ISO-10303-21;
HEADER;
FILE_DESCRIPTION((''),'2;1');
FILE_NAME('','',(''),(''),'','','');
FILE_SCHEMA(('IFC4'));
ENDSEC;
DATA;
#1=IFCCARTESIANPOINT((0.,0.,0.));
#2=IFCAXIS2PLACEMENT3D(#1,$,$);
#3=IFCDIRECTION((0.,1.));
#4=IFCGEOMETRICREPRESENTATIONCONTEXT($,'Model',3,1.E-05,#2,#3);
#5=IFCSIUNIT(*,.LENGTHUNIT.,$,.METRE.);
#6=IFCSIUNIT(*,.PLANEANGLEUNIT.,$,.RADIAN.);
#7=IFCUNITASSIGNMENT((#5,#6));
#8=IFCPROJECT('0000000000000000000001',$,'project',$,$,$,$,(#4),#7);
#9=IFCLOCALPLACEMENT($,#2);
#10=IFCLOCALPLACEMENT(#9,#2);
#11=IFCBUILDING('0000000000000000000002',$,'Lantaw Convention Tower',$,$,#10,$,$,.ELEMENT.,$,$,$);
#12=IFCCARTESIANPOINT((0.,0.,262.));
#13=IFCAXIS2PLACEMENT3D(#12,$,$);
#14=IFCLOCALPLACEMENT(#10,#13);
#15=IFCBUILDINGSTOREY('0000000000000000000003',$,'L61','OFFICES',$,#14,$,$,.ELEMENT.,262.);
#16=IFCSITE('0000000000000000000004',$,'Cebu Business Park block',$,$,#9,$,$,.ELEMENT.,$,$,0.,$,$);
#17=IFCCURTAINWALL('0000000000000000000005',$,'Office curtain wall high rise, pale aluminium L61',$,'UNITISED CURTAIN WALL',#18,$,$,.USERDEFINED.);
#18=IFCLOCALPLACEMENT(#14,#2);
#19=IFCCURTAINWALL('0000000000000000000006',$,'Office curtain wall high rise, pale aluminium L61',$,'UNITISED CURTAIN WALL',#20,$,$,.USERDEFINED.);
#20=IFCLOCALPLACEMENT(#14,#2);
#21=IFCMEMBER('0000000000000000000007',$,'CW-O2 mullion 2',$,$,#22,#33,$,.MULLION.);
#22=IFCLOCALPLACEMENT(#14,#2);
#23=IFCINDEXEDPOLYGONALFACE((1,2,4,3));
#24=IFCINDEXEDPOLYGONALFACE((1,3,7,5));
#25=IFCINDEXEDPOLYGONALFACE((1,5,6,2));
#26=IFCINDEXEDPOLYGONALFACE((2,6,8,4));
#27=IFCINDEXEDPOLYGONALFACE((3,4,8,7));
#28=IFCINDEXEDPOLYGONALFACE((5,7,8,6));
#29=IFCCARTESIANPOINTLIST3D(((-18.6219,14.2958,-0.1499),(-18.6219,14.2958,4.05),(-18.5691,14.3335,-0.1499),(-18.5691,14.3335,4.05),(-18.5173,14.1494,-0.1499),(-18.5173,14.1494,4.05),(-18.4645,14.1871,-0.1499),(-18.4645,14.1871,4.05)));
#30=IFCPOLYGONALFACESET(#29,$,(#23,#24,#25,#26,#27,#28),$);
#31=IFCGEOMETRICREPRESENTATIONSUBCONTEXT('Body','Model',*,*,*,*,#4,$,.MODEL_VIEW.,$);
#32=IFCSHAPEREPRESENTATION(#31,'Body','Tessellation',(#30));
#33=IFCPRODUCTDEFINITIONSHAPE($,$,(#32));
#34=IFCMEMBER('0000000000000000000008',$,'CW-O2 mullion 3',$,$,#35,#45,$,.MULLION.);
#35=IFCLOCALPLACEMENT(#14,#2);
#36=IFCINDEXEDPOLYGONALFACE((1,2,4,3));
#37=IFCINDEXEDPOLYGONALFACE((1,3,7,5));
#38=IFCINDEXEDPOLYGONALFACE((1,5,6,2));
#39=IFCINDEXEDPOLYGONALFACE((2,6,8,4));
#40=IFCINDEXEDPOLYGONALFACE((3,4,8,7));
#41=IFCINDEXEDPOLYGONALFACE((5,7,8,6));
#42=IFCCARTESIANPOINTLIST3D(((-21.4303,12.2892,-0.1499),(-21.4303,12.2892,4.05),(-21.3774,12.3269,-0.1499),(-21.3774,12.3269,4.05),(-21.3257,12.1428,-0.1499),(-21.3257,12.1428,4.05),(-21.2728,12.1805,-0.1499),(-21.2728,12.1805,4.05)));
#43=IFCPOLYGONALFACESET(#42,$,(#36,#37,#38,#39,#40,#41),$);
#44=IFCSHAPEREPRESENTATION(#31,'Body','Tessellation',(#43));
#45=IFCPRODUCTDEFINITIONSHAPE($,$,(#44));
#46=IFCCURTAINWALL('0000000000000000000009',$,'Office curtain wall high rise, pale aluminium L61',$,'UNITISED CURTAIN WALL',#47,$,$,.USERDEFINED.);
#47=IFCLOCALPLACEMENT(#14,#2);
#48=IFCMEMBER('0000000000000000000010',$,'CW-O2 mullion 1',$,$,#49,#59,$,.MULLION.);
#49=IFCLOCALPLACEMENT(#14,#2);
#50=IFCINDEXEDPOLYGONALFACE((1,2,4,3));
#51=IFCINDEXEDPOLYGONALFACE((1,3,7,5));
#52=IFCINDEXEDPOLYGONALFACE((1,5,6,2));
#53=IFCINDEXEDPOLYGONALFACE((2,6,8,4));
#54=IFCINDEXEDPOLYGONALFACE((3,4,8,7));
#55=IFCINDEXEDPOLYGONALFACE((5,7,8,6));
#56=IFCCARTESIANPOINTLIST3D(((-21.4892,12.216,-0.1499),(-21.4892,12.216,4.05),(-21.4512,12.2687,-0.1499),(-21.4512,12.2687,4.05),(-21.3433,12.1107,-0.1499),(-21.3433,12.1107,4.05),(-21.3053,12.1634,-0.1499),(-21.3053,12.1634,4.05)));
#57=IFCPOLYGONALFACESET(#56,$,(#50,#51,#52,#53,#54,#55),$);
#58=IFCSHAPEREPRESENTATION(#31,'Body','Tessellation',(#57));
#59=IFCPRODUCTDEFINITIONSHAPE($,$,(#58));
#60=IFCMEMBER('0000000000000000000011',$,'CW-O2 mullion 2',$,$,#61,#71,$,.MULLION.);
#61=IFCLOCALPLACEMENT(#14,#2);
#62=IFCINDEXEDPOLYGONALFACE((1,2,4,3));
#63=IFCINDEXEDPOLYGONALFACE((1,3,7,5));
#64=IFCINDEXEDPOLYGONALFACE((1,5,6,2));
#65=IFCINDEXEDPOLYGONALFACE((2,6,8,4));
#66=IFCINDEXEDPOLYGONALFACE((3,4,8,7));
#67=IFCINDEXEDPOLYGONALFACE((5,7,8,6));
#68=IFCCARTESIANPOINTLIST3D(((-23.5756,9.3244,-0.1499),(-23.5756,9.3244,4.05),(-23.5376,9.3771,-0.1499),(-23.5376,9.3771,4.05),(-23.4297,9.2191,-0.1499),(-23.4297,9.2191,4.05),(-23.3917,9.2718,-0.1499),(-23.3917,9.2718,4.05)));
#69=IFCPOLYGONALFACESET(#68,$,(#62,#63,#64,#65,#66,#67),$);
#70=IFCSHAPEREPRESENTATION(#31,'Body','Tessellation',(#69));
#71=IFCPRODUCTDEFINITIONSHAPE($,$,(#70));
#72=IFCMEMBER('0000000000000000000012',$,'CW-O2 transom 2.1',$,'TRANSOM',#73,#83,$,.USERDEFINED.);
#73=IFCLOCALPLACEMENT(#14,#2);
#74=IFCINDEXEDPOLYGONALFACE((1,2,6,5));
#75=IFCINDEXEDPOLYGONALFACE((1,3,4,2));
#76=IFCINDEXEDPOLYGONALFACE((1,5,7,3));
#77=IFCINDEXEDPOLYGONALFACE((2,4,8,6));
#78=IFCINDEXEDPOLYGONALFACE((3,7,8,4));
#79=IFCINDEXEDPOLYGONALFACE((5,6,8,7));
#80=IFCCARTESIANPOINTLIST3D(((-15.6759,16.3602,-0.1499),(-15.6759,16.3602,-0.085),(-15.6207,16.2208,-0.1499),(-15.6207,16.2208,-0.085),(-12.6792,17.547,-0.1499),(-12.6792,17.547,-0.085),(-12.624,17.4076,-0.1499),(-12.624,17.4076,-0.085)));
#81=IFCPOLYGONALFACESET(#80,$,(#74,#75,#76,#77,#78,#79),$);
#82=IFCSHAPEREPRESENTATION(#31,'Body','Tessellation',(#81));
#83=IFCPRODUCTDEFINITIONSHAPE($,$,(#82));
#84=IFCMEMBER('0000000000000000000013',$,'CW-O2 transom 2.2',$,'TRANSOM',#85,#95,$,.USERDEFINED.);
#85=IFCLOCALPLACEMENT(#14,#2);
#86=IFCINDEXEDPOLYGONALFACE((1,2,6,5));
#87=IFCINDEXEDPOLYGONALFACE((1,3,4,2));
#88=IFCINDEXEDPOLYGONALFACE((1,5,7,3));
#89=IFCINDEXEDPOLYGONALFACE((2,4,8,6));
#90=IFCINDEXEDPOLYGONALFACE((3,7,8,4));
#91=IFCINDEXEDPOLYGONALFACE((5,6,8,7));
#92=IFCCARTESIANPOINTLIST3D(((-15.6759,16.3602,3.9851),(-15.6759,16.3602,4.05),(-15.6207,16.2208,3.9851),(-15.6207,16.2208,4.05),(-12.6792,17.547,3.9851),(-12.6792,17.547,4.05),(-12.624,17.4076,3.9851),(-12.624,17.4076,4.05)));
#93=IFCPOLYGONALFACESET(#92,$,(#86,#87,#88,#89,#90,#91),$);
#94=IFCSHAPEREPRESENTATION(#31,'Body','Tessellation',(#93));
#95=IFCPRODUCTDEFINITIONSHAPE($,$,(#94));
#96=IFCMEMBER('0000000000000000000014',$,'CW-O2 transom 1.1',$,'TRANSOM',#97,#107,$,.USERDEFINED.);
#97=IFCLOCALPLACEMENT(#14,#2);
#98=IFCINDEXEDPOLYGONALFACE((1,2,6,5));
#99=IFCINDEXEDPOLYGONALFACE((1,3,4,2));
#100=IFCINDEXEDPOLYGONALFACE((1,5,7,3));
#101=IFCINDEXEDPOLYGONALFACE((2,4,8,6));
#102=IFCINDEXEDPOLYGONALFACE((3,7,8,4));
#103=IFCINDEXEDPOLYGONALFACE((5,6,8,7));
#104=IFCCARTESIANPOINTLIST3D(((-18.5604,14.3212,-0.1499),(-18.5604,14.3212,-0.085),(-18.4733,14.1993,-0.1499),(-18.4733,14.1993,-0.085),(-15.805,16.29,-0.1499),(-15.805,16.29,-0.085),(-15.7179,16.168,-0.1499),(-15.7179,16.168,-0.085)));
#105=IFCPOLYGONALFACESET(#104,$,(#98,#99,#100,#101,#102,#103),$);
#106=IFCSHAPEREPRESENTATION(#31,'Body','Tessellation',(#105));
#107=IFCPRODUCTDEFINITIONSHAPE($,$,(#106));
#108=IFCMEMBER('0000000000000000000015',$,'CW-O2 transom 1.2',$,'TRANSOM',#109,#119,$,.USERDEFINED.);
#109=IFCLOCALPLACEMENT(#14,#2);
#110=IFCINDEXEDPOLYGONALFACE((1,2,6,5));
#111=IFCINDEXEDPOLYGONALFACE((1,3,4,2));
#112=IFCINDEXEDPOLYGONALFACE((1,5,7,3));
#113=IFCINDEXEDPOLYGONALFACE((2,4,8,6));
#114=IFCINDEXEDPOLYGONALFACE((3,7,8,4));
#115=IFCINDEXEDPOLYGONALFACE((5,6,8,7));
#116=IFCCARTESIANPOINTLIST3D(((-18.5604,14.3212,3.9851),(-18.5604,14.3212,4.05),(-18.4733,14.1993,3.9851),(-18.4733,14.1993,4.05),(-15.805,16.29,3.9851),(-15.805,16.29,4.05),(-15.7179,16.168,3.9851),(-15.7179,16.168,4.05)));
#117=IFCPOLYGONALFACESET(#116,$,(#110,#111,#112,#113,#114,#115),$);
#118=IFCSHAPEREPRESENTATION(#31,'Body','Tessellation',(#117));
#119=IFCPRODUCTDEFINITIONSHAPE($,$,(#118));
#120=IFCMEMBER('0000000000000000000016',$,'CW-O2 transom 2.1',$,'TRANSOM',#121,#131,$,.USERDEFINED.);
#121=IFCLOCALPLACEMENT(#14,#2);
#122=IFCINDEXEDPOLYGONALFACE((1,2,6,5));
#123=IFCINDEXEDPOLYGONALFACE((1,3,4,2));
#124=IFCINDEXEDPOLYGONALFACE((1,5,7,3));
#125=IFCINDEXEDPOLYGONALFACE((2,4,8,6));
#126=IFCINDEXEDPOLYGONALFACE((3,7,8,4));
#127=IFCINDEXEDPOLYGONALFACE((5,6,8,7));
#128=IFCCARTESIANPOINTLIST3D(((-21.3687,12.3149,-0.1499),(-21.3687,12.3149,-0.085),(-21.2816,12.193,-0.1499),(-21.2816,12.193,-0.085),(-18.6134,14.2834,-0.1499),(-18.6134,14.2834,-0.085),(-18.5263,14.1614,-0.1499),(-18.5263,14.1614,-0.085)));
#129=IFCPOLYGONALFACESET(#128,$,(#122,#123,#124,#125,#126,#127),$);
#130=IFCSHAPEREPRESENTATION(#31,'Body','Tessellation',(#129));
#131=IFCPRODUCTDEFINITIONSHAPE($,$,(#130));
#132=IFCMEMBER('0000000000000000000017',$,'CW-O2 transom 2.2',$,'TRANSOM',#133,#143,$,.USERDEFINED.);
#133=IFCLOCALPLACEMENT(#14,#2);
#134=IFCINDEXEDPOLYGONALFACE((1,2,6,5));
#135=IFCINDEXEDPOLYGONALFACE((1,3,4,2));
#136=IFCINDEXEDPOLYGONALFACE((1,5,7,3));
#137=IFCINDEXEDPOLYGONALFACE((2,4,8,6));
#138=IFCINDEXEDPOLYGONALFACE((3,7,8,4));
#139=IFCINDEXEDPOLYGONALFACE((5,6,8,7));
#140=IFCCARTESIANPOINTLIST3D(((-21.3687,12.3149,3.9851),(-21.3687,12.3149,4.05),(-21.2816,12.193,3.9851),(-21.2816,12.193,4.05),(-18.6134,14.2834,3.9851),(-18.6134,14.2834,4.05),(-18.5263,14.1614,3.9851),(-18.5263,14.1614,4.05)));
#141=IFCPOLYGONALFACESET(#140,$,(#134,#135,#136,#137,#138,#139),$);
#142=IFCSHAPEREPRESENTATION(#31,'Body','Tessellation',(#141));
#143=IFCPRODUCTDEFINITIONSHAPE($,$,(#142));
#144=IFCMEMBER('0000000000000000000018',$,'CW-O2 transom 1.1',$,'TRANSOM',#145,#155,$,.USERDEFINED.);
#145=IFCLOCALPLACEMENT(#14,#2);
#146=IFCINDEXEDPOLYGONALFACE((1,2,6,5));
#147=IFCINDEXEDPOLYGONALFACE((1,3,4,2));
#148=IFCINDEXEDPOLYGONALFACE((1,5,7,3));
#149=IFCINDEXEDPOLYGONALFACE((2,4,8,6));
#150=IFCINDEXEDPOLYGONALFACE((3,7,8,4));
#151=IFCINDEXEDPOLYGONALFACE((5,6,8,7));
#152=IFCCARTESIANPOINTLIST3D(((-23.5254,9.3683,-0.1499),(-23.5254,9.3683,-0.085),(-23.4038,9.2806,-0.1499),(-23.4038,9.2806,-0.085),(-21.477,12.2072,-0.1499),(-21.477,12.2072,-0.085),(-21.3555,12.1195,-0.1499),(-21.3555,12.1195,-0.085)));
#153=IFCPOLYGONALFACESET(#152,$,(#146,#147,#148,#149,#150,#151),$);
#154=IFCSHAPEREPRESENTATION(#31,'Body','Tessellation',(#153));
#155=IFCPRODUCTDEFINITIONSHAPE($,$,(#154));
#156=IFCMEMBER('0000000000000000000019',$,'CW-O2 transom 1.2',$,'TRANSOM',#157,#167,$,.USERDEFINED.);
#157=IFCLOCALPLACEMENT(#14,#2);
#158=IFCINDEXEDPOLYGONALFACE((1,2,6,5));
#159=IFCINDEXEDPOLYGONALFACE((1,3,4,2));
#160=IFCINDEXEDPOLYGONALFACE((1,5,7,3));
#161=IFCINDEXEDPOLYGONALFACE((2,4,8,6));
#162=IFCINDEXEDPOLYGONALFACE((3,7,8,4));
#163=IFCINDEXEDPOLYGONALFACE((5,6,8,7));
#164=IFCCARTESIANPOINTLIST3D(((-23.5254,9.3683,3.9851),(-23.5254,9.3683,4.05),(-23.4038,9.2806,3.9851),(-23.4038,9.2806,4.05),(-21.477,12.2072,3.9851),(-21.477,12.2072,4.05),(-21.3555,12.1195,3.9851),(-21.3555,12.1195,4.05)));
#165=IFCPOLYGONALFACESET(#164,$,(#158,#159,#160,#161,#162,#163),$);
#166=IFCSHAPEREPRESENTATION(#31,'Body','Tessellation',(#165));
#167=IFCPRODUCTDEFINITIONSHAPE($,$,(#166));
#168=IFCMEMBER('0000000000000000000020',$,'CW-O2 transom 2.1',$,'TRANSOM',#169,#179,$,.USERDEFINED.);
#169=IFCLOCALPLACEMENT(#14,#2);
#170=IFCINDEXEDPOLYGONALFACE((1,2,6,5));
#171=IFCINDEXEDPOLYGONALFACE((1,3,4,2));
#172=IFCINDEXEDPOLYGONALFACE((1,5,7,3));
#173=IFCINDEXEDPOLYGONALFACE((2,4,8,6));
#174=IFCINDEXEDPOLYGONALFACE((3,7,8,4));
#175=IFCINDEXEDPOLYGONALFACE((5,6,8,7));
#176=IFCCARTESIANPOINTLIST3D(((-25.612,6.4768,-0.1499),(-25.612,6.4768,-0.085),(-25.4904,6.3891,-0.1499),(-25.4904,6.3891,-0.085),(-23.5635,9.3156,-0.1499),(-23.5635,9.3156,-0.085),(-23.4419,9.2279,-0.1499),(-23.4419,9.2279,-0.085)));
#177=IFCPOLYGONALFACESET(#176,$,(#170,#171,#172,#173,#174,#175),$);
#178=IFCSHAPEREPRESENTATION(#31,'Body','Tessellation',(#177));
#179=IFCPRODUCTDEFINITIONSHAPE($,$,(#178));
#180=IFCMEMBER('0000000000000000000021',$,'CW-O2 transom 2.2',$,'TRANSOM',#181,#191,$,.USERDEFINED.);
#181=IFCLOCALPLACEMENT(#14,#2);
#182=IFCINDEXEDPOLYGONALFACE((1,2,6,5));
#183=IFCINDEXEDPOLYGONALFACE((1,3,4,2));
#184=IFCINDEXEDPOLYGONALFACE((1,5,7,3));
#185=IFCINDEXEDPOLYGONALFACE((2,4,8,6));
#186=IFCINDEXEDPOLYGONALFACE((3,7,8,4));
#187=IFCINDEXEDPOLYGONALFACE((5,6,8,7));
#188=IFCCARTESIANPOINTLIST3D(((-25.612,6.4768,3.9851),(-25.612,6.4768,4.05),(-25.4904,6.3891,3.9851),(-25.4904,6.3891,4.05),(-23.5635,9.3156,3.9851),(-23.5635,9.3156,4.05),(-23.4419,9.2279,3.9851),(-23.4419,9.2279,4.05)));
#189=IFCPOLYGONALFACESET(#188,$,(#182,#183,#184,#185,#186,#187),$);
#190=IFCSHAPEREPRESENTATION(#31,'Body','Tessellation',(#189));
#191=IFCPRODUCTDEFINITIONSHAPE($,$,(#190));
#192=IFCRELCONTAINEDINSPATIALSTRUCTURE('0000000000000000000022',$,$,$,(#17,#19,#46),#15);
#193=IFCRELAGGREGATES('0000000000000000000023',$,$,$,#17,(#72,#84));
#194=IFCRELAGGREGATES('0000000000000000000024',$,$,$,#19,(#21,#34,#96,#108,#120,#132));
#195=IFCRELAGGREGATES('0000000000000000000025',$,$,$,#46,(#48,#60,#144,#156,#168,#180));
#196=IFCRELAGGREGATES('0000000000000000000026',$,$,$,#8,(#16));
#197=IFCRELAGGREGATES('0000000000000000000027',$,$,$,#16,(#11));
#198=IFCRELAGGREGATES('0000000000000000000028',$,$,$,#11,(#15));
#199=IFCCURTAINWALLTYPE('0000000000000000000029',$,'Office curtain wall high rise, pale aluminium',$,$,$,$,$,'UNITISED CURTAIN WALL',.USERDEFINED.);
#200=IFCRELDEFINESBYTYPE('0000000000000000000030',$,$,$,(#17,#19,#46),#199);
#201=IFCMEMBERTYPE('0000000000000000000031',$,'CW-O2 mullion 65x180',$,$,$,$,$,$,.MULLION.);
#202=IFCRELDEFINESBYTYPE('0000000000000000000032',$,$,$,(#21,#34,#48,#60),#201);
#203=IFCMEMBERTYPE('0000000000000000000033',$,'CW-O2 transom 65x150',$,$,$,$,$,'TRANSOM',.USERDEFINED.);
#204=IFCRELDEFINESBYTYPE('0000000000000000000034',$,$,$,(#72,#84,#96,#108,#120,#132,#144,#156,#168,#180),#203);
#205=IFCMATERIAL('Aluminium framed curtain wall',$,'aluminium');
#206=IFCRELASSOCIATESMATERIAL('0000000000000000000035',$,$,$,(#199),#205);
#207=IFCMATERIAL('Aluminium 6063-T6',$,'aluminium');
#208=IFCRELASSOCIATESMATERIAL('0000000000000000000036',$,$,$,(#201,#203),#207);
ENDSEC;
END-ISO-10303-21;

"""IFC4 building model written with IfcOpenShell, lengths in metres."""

from ifc_helpers import new_model, si_unit, direction, frame, origin, origin_2d, place, context, subcontext, project, spatial, rectangle, extrude, material, material_profile, profile_set, type_object, element, aggregate, save


model = new_model("IFC4")

# Units and contexts
model_context = context("Model", 3, precision=1e-05, world=origin(), true_north=direction((0.0, 1.0)))
body_context = subcontext(model_context, "Body", "Model", "MODEL_VIEW")
ifc_project = project(units=[si_unit("LENGTHUNIT", "METRE"), si_unit("PLANEANGLEUNIT", "RADIAN")], contexts=[model_context])

# Site, building, storey
site_placement = place(None, origin())
site = spatial("IfcSite", under=ifc_project, at=site_placement, Name="Cebu Business Park block", CompositionType="ELEMENT", RefElevation=0.0)
building_placement = place(site_placement, origin())
building = spatial("IfcBuilding", under=site, at=building_placement, Name="Lantaw Convention Tower", CompositionType="ELEMENT")
storey_placement = place(building_placement, frame((0.0, 0.0, 262.0)))
storey = spatial("IfcBuildingStorey", under=building, at=storey_placement, Name="L61", Description="OFFICES", CompositionType="ELEMENT", Elevation=262.0)

# Curtain walls, members
ifc_material_1 = material(Name="Aluminium framed curtain wall", Category="aluminium")
curtain_wall_type = type_object("IfcCurtainWallType", Name="Office curtain wall high rise, pale aluminium", ElementType="UNITISED CURTAIN WALL", PredefinedType="USERDEFINED", material=ifc_material_1)
curtain_wall_1_placement = place(storey_placement, origin())
curtain_wall_1 = element("IfcCurtainWall", 1, at=curtain_wall_1_placement, inside=storey, type_object=curtain_wall_type, Name="Office curtain wall high rise, pale aluminium L61", ObjectType="UNITISED CURTAIN WALL", PredefinedType="USERDEFINED")
ifc_material_2 = material(Name="Aluminium 6063-T6", Category="aluminium")
ifc_material_profile_1 = material_profile(ifc_material_2, rectangle(XDim=0.1799, YDim=0.0649, at=origin_2d()), Name="CW-O2 mullion 65x180")
ifc_profile_set_1 = profile_set([ifc_material_profile_1], Name="Aluminium 6063-T6")
member_type_1 = type_object("IfcMemberType", Name="CW-O2 mullion 65x180", PredefinedType="MULLION", material=ifc_profile_set_1)
curtain_wall_2_placement = place(storey_placement, origin())
curtain_wall_2 = element("IfcCurtainWall", 2, at=curtain_wall_2_placement, inside=storey, type_object=curtain_wall_type, Name="Office curtain wall high rise, pale aluminium L61", ObjectType="UNITISED CURTAIN WALL", PredefinedType="USERDEFINED")
member_1_placement = place(storey_placement, frame((-18.5432, 14.2415, -0.1499), z_axis=(0.0, 0.0, 1.0), x_axis=(0.581323, -0.813673, 0.0)))
member_1 = element("IfcMember", 3, at=member_1_placement, type_object=member_type_1, Name="CW-O2 mullion 2", PredefinedType="MULLION", context=body_context, shape_type="SweptSolid", body=[
    extrude(rectangle(XDim=0.1799, YDim=0.0649, at=origin_2d()), origin(), (0.0, 0.0, 1.0), 4.2),
])
member_2_placement = place(storey_placement, frame((-21.3516, 12.2349, -0.1499), z_axis=(0.0, 0.0, 1.0), x_axis=(0.581323, -0.813673, 0.0)))
member_2 = element("IfcMember", 4, at=member_2_placement, type_object=member_type_1, Name="CW-O2 mullion 3", PredefinedType="MULLION", context=body_context, shape_type="SweptSolid", body=[
    extrude(rectangle(XDim=0.1799, YDim=0.0649, at=origin_2d()), origin(), (0.0, 0.0, 1.0), 4.2),
])
curtain_wall_3_placement = place(storey_placement, origin())
curtain_wall_3 = element("IfcCurtainWall", 5, at=curtain_wall_3_placement, inside=storey, type_object=curtain_wall_type, Name="Office curtain wall high rise, pale aluminium L61", ObjectType="UNITISED CURTAIN WALL", PredefinedType="USERDEFINED")
member_3_placement = place(storey_placement, frame((-21.3972, 12.1897, -0.1499), z_axis=(0.0, 0.0, 1.0), x_axis=(0.81092, -0.585158, 0.0)))
member_3 = element("IfcMember", 6, at=member_3_placement, type_object=member_type_1, Name="CW-O2 mullion 1", PredefinedType="MULLION", context=body_context, shape_type="SweptSolid", body=[
    extrude(rectangle(XDim=0.1799, YDim=0.0649, at=origin_2d()), origin(), (0.0, 0.0, 1.0), 4.2),
])
member_4_placement = place(storey_placement, frame((-23.4836, 9.2981, -0.1499), z_axis=(0.0, 0.0, 1.0), x_axis=(0.81092, -0.585158, 0.0)))
member_4 = element("IfcMember", 7, at=member_4_placement, type_object=member_type_1, Name="CW-O2 mullion 2", PredefinedType="MULLION", context=body_context, shape_type="SweptSolid", body=[
    extrude(rectangle(XDim=0.1799, YDim=0.0649, at=origin_2d()), origin(), (0.0, 0.0, 1.0), 4.2),
])

# Members
ifc_material_profile_2 = material_profile(ifc_material_2, rectangle(XDim=0.1499, YDim=0.0649, at=origin_2d()), Name="CW-O2 transom 65x150")
ifc_profile_set_2 = profile_set([ifc_material_profile_2], Name="Aluminium 6063-T6")
member_type_2 = type_object("IfcMemberType", Name="CW-O2 transom 65x150", ElementType="TRANSOM", PredefinedType="USERDEFINED", material=ifc_profile_set_2)
member_5_placement = place(storey_placement, frame((-12.6516, 17.4773, -0.1174), z_axis=(-0.929741, -0.368215, 0.0), x_axis=(0.368215, -0.929741, 0.0)))
member_5 = element("IfcMember", 8, at=member_5_placement, type_object=member_type_2, Name="CW-O2 transom 2.1", ObjectType="TRANSOM", PredefinedType="USERDEFINED", context=body_context, shape_type="SweptSolid", body=[
    extrude(rectangle(XDim=0.1499, YDim=0.0649, at=origin_2d()), origin(), (0.0, 0.0, 1.0), 3.2231),
])
member_6_placement = place(storey_placement, frame((-12.6516, 17.4773, 4.0176), z_axis=(-0.929741, -0.368215, 0.0), x_axis=(0.368215, -0.929741, 0.0)))
member_6 = element("IfcMember", 9, at=member_6_placement, type_object=member_type_2, Name="CW-O2 transom 2.2", ObjectType="TRANSOM", PredefinedType="USERDEFINED", context=body_context, shape_type="SweptSolid", body=[
    extrude(rectangle(XDim=0.1499, YDim=0.0649, at=origin_2d()), origin(), (0.0, 0.0, 1.0), 3.2231),
])
member_7_placement = place(storey_placement, frame((-15.7615, 16.229, -0.1174), z_axis=(-0.813646, -0.581361, 0.0), x_axis=(0.581361, -0.813646, 0.0)))
member_7 = element("IfcMember", 10, at=member_7_placement, type_object=member_type_2, Name="CW-O2 transom 1.1", ObjectType="TRANSOM", PredefinedType="USERDEFINED", context=body_context, shape_type="SweptSolid", body=[
    extrude(rectangle(XDim=0.1499, YDim=0.0649, at=origin_2d()), origin(), (0.0, 0.0, 1.0), 3.3865),
])
member_8_placement = place(storey_placement, frame((-15.7615, 16.229, 4.0176), z_axis=(-0.813646, -0.581361, 0.0), x_axis=(0.581361, -0.813646, 0.0)))
member_8 = element("IfcMember", 11, at=member_8_placement, type_object=member_type_2, Name="CW-O2 transom 1.2", ObjectType="TRANSOM", PredefinedType="USERDEFINED", context=body_context, shape_type="SweptSolid", body=[
    extrude(rectangle(XDim=0.1499, YDim=0.0649, at=origin_2d()), origin(), (0.0, 0.0, 1.0), 3.3865),
])
member_9_placement = place(storey_placement, frame((-18.5698, 14.2224, -0.1174), z_axis=(-0.81368, -0.581313, 0.0), x_axis=(0.581313, -0.81368, 0.0)))
member_9 = element("IfcMember", 12, at=member_9_placement, type_object=member_type_2, Name="CW-O2 transom 2.1", ObjectType="TRANSOM", PredefinedType="USERDEFINED", context=body_context, shape_type="SweptSolid", body=[
    extrude(rectangle(XDim=0.1499, YDim=0.0649, at=origin_2d()), origin(), (0.0, 0.0, 1.0), 3.3862),
])
member_10_placement = place(storey_placement, frame((-18.5698, 14.2224, 4.0176), z_axis=(-0.81368, -0.581313, 0.0), x_axis=(0.581313, -0.81368, 0.0)))
member_10 = element("IfcMember", 13, at=member_10_placement, type_object=member_type_2, Name="CW-O2 transom 2.2", ObjectType="TRANSOM", PredefinedType="USERDEFINED", context=body_context, shape_type="SweptSolid", body=[
    extrude(rectangle(XDim=0.1499, YDim=0.0649, at=origin_2d()), origin(), (0.0, 0.0, 1.0), 3.3862),
])
member_11_placement = place(storey_placement, frame((-21.4163, 12.1633, -0.1174), z_axis=(-0.585124, -0.810944, 0.0), x_axis=(0.810944, -0.585124, 0.0)))
member_11 = element("IfcMember", 14, at=member_11_placement, type_object=member_type_2, Name="CW-O2 transom 1.1", ObjectType="TRANSOM", PredefinedType="USERDEFINED", context=body_context, shape_type="SweptSolid", body=[
    extrude(rectangle(XDim=0.1499, YDim=0.0649, at=origin_2d()), origin(), (0.0, 0.0, 1.0), 3.5007),
])
member_12_placement = place(storey_placement, frame((-21.4163, 12.1633, 4.0176), z_axis=(-0.585124, -0.810944, 0.0), x_axis=(0.810944, -0.585124, 0.0)))
member_12 = element("IfcMember", 15, at=member_12_placement, type_object=member_type_2, Name="CW-O2 transom 1.2", ObjectType="TRANSOM", PredefinedType="USERDEFINED", context=body_context, shape_type="SweptSolid", body=[
    extrude(rectangle(XDim=0.1499, YDim=0.0649, at=origin_2d()), origin(), (0.0, 0.0, 1.0), 3.5007),
])
member_13_placement = place(storey_placement, frame((-23.5027, 9.2717, -0.1174), z_axis=(-0.58517, -0.810911, 0.0), x_axis=(0.810911, -0.58517, 0.0)))
member_13 = element("IfcMember", 16, at=member_13_placement, type_object=member_type_2, Name="CW-O2 transom 2.1", ObjectType="TRANSOM", PredefinedType="USERDEFINED", context=body_context, shape_type="SweptSolid", body=[
    extrude(rectangle(XDim=0.1499, YDim=0.0649, at=origin_2d()), origin(), (0.0, 0.0, 1.0), 3.5007),
])
member_14_placement = place(storey_placement, frame((-23.5027, 9.2717, 4.0176), z_axis=(-0.58517, -0.810911, 0.0), x_axis=(0.810911, -0.58517, 0.0)))
member_14 = element("IfcMember", 17, at=member_14_placement, type_object=member_type_2, Name="CW-O2 transom 2.2", ObjectType="TRANSOM", PredefinedType="USERDEFINED", context=body_context, shape_type="SweptSolid", body=[
    extrude(rectangle(XDim=0.1499, YDim=0.0649, at=origin_2d()), origin(), (0.0, 0.0, 1.0), 3.5007),
])

aggregate(curtain_wall_1, [member_5, member_6])
aggregate(curtain_wall_2, [member_1, member_2, member_7, member_8, member_9, member_10])
aggregate(curtain_wall_3, [member_3, member_4, member_11, member_12, member_13, member_14])

save(model, "model.ifc")
